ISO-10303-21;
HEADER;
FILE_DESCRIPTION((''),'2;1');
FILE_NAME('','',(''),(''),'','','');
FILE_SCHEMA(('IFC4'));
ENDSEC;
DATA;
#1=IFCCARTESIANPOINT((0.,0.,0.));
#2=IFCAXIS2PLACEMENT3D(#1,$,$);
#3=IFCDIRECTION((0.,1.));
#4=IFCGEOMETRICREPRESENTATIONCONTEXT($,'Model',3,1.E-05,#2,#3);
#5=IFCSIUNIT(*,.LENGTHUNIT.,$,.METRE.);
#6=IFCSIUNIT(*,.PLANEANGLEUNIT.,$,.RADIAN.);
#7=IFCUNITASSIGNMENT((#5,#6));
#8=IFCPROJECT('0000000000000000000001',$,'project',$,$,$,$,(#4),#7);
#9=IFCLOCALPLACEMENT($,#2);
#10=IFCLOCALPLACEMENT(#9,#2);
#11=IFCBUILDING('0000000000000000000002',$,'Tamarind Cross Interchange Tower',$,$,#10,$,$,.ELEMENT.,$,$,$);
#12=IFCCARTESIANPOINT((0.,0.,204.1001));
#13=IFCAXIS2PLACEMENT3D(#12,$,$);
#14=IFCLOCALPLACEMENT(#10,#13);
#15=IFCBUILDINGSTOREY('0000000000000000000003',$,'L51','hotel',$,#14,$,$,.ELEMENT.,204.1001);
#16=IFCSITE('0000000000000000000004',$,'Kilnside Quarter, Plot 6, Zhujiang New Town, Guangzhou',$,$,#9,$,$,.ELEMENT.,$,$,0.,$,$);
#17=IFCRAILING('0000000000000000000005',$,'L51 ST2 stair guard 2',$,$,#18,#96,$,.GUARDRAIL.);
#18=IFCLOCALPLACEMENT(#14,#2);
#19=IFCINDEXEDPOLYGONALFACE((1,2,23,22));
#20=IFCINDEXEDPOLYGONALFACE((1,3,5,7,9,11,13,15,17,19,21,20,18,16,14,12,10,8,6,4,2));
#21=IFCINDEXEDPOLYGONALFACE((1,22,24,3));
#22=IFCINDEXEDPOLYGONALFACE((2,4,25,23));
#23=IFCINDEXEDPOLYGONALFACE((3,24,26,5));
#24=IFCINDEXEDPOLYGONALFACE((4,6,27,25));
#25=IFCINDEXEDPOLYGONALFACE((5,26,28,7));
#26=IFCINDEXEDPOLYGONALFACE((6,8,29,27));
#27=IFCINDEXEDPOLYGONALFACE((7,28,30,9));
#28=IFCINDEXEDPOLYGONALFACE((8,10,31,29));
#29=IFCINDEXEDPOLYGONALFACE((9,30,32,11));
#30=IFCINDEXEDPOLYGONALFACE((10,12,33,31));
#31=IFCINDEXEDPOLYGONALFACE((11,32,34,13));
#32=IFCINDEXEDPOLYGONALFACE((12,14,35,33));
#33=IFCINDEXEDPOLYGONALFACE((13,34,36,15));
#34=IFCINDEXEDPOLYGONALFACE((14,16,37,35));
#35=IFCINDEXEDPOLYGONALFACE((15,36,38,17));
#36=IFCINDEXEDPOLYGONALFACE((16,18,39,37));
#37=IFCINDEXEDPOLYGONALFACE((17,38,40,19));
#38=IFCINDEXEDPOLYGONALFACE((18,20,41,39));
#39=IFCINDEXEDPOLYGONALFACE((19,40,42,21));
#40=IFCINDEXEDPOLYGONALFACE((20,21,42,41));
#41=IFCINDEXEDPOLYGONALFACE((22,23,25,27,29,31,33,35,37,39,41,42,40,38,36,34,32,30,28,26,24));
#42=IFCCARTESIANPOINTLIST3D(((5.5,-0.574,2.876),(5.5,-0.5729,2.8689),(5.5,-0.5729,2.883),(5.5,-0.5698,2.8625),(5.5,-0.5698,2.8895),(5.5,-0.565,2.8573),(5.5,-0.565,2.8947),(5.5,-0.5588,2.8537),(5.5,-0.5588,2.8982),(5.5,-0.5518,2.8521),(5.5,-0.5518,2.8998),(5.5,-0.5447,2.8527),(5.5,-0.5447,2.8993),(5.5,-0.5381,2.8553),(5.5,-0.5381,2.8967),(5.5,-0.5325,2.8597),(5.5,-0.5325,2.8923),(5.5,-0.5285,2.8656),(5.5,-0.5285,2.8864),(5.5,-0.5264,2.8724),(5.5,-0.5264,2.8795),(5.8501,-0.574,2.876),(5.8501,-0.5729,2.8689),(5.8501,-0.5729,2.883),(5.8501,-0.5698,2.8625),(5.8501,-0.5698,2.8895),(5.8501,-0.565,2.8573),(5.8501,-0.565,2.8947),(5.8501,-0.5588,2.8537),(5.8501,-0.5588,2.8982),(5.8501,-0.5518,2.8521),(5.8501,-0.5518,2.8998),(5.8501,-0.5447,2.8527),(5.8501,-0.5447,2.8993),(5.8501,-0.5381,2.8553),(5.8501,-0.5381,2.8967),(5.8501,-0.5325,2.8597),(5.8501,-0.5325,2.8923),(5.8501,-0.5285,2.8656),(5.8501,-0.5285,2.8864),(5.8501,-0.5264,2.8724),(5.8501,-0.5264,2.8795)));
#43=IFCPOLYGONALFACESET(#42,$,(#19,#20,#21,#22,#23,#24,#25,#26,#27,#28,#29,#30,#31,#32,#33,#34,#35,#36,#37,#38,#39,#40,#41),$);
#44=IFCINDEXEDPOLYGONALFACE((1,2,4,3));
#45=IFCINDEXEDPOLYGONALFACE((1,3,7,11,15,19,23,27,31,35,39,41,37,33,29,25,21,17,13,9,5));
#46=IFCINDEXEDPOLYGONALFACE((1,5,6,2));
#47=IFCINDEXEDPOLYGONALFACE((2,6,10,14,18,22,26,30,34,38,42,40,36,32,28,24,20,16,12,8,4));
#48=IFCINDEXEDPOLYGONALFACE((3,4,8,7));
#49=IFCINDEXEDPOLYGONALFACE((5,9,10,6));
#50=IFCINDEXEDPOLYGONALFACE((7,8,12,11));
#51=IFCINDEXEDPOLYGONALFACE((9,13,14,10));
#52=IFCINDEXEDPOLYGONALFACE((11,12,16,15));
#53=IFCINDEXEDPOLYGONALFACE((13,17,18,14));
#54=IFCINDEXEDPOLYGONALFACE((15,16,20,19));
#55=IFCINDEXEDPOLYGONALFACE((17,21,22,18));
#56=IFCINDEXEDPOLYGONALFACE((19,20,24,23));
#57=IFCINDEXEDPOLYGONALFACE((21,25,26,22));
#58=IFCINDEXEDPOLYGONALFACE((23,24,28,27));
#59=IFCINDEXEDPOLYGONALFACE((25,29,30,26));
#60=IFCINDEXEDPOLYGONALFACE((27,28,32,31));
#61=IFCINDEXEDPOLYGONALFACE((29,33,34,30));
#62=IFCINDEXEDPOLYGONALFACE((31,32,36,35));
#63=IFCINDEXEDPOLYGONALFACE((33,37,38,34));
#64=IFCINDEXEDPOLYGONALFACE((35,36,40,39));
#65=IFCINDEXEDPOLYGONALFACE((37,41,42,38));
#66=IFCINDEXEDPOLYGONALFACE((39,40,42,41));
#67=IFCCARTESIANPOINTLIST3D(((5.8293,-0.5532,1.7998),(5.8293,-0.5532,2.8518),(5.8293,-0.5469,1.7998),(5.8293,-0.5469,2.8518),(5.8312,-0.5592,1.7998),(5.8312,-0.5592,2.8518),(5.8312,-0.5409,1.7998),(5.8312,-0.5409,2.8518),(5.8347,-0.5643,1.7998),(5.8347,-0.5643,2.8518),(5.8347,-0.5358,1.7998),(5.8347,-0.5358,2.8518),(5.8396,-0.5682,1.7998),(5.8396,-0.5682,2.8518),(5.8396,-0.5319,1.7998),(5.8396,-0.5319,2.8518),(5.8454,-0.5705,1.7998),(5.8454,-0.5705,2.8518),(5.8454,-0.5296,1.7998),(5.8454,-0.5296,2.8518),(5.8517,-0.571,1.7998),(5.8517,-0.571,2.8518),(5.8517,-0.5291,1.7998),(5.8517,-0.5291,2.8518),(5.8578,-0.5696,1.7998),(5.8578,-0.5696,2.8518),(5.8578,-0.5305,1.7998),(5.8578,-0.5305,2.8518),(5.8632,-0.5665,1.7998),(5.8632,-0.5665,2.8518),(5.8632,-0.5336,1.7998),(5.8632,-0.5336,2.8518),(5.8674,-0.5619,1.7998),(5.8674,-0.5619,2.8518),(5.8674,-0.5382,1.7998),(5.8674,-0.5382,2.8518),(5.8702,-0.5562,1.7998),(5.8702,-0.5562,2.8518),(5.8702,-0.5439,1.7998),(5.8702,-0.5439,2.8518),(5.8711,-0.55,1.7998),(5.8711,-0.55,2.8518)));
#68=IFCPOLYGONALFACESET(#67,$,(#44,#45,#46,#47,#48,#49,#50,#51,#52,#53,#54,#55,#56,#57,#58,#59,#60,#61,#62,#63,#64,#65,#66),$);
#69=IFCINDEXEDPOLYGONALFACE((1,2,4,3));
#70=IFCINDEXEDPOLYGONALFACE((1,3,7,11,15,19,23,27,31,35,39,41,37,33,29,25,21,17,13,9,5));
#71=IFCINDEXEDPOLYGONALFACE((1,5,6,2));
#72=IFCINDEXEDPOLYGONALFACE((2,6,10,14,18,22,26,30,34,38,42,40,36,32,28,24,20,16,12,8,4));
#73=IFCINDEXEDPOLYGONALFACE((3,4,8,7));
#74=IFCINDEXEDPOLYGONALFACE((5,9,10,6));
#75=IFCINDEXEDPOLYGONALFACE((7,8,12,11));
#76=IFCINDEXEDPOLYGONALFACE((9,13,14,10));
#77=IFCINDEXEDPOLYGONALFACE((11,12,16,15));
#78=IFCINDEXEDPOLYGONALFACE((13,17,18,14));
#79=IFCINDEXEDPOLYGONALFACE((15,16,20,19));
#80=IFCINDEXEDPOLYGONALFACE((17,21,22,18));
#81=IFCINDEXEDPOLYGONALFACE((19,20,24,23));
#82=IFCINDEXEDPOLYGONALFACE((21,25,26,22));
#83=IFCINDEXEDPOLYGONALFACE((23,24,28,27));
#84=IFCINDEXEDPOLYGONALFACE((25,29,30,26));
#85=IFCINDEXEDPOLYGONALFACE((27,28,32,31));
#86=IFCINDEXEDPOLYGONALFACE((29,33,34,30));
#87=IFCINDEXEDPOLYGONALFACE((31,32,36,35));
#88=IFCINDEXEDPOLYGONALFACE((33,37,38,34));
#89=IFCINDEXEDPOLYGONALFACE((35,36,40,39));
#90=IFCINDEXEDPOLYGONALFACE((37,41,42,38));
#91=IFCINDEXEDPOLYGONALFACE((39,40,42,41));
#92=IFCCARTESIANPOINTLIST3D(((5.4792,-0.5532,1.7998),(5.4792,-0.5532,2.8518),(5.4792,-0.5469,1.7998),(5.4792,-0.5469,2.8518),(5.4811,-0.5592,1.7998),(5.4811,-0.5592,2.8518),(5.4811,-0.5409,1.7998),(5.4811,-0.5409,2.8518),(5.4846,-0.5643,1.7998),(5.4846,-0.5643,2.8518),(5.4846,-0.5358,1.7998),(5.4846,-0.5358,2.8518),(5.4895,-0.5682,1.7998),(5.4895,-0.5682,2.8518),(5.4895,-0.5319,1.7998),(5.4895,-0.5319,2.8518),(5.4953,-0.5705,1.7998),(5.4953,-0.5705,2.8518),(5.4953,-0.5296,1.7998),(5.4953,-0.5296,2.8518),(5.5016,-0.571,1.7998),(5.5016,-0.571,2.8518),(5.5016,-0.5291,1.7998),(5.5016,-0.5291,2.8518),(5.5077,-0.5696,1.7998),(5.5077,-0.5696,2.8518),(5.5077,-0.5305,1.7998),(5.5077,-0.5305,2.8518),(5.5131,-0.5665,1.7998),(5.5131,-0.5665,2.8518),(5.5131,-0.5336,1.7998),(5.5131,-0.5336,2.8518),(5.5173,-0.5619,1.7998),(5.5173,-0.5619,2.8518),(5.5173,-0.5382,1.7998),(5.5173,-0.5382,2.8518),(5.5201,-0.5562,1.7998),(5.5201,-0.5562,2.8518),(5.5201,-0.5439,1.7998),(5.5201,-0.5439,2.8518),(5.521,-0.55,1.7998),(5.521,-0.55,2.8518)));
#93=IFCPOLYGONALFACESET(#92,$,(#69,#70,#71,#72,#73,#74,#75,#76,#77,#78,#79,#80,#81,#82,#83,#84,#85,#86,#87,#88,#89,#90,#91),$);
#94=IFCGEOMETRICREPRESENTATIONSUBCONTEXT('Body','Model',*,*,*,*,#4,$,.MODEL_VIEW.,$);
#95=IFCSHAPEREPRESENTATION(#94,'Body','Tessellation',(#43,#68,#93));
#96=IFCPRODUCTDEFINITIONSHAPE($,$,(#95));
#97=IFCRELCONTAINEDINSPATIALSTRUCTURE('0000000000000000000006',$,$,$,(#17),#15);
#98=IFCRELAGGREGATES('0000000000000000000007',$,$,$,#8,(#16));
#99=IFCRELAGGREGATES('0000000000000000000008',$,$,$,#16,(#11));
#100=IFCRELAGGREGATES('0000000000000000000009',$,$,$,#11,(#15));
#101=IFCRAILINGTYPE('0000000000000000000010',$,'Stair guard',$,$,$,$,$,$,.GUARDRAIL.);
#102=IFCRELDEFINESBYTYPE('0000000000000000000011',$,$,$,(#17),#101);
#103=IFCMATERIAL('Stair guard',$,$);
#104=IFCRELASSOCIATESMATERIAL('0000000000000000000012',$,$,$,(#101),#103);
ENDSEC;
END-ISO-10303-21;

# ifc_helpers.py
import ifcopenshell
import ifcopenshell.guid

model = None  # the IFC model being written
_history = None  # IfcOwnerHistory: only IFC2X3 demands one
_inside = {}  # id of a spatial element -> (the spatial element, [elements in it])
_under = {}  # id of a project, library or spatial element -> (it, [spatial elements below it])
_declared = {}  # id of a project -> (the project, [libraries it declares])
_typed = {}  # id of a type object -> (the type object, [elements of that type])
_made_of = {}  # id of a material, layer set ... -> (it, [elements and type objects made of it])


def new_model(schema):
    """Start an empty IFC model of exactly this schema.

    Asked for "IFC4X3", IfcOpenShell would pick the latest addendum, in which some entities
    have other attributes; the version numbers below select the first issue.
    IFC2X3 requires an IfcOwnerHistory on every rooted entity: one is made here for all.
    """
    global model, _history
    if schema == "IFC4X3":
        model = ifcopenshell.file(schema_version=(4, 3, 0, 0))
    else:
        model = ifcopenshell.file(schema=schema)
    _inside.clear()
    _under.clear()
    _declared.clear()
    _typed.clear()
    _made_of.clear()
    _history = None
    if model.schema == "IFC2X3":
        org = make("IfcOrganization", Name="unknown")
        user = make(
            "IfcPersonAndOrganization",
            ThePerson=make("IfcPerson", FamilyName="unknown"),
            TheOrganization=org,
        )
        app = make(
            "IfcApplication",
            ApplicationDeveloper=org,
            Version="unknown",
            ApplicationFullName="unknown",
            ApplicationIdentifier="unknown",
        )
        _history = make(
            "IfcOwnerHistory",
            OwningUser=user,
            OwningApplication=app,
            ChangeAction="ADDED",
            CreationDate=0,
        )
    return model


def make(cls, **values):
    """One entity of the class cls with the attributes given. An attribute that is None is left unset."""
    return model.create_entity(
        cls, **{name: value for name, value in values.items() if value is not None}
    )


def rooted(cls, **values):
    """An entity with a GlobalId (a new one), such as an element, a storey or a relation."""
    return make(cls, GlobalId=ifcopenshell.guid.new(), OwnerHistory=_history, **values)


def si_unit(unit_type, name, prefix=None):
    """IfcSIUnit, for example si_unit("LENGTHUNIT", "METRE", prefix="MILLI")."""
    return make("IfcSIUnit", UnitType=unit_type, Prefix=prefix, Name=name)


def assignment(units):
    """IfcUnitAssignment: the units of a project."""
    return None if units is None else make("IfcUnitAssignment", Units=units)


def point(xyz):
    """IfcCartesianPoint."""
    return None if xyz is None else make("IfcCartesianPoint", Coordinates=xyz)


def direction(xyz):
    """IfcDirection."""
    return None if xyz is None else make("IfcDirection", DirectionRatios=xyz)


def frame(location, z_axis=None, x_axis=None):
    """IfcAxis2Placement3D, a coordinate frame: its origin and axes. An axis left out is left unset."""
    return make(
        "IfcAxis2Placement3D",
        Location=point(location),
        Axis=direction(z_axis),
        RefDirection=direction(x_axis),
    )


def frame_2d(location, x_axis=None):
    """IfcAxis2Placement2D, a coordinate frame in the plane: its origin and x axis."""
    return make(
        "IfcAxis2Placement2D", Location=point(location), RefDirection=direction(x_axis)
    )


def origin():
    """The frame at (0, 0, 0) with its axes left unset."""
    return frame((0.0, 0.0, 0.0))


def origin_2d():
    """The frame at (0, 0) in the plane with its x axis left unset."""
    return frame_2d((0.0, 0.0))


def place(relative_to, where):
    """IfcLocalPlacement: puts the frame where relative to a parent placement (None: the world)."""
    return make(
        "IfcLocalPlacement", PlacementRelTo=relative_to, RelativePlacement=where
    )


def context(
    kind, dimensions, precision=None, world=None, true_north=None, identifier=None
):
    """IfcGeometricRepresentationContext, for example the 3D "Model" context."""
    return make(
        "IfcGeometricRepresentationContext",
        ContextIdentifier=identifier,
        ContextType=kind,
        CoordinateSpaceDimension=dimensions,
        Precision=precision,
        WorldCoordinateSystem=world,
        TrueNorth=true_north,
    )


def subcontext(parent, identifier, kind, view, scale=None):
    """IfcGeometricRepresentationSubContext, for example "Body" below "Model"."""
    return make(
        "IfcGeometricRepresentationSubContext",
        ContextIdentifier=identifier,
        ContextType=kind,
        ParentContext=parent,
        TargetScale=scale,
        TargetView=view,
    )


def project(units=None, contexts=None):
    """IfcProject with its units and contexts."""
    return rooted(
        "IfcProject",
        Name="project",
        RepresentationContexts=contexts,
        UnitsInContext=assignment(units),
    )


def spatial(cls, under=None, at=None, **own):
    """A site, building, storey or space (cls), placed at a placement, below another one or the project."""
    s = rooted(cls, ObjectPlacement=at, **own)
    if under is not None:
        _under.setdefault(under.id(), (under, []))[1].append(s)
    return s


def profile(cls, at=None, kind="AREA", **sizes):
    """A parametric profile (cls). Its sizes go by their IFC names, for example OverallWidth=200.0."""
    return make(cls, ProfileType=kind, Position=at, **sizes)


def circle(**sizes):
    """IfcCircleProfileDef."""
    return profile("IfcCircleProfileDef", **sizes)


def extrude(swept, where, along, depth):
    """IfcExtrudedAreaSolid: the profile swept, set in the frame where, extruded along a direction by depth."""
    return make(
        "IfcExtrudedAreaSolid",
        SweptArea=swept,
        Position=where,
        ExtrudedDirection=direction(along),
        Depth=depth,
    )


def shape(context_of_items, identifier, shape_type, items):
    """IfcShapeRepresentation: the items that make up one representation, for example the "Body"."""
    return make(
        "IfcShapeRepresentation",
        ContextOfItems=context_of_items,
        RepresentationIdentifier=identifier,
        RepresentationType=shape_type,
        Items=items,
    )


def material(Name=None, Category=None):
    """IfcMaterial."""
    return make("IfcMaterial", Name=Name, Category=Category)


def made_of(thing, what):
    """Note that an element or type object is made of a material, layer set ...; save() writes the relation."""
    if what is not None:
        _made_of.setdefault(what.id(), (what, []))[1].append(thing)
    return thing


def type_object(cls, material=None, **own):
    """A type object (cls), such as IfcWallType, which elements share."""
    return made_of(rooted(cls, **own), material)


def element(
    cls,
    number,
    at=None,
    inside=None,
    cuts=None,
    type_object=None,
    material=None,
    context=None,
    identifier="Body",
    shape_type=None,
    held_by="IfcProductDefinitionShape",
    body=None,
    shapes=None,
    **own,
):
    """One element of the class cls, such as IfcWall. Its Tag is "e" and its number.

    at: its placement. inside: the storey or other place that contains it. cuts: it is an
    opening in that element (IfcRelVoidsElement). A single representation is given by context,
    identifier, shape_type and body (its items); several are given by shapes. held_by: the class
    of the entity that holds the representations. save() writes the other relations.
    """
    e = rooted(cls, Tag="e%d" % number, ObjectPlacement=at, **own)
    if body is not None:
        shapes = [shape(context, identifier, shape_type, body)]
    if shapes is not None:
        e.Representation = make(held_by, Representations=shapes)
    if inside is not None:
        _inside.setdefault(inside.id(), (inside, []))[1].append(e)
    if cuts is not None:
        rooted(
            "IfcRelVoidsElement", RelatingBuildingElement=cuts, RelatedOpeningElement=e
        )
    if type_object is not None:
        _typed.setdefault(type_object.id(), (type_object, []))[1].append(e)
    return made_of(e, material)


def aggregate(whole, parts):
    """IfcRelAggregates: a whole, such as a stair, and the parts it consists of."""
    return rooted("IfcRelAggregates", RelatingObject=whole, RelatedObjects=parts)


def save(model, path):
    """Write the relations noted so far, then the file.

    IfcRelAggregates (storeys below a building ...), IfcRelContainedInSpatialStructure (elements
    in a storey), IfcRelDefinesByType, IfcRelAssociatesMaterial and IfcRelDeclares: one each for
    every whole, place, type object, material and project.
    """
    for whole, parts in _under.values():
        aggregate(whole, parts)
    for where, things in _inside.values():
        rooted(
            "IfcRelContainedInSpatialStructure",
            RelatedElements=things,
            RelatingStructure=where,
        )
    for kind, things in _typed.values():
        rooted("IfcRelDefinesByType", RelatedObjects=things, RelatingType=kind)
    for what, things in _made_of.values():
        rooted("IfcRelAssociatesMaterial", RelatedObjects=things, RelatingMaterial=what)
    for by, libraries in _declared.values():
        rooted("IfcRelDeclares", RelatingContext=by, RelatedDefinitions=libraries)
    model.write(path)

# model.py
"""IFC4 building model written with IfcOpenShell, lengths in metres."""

from ifc_helpers import new_model, si_unit, direction, frame, origin, origin_2d, place, context, subcontext, project, spatial, circle, extrude, material, type_object, element, save


model = new_model("IFC4")

# Units and contexts
model_context = context("Model", 3, precision=1e-05, world=origin(), true_north=direction((0.0, 1.0)))
body_context = subcontext(model_context, "Body", "Model", "MODEL_VIEW")
ifc_project = project(units=[si_unit("LENGTHUNIT", "METRE"), si_unit("PLANEANGLEUNIT", "RADIAN")], contexts=[model_context])

# Site, building, storey
site_placement = place(None, origin())
site = spatial("IfcSite", under=ifc_project, at=site_placement, Name="Kilnside Quarter, Plot 6, Zhujiang New Town, Guangzhou", CompositionType="ELEMENT", RefElevation=0.0)
building_placement = place(site_placement, origin())
building = spatial("IfcBuilding", under=site, at=building_placement, Name="Tamarind Cross Interchange Tower", CompositionType="ELEMENT")
storey_placement = place(building_placement, frame((0.0, 0.0, 204.1001)))
storey = spatial("IfcBuildingStorey", under=building, at=storey_placement, Name="L51", Description="hotel", CompositionType="ELEMENT", Elevation=204.1001)

# Railing
ifc_material_1 = material(Name="Stair guard")
railing_type_1 = type_object("IfcRailingType", Name="Stair guard", PredefinedType="GUARDRAIL", material=ifc_material_1)
railing_1_placement = place(storey_placement, frame((5.8501, -0.55, 1.7998)))
element("IfcRailing", 1, at=railing_1_placement, inside=storey, type_object=railing_type_1, Name="L51 ST2 stair guard 2", PredefinedType="GUARDRAIL", context=body_context, shape_type="SweptSolid", body=[
    extrude(circle(Radius=0.0239, at=origin_2d()), frame((0.0, 0.0, 1.0762), z_axis=(-1.0, 0.0, 0.0), x_axis=(0.0, -1.0, 0.0)), (0.0, 0.0, 1.0), 0.3501),
    extrude(circle(Radius=0.021, at=origin_2d()), origin(), (0.0, 0.0, 1.0), 1.052),
    extrude(circle(Radius=0.021, at=origin_2d()), frame((-0.3501, 0.0, 0.0)), (0.0, 0.0, 1.0), 1.052),
])

save(model, "model.ifc")
